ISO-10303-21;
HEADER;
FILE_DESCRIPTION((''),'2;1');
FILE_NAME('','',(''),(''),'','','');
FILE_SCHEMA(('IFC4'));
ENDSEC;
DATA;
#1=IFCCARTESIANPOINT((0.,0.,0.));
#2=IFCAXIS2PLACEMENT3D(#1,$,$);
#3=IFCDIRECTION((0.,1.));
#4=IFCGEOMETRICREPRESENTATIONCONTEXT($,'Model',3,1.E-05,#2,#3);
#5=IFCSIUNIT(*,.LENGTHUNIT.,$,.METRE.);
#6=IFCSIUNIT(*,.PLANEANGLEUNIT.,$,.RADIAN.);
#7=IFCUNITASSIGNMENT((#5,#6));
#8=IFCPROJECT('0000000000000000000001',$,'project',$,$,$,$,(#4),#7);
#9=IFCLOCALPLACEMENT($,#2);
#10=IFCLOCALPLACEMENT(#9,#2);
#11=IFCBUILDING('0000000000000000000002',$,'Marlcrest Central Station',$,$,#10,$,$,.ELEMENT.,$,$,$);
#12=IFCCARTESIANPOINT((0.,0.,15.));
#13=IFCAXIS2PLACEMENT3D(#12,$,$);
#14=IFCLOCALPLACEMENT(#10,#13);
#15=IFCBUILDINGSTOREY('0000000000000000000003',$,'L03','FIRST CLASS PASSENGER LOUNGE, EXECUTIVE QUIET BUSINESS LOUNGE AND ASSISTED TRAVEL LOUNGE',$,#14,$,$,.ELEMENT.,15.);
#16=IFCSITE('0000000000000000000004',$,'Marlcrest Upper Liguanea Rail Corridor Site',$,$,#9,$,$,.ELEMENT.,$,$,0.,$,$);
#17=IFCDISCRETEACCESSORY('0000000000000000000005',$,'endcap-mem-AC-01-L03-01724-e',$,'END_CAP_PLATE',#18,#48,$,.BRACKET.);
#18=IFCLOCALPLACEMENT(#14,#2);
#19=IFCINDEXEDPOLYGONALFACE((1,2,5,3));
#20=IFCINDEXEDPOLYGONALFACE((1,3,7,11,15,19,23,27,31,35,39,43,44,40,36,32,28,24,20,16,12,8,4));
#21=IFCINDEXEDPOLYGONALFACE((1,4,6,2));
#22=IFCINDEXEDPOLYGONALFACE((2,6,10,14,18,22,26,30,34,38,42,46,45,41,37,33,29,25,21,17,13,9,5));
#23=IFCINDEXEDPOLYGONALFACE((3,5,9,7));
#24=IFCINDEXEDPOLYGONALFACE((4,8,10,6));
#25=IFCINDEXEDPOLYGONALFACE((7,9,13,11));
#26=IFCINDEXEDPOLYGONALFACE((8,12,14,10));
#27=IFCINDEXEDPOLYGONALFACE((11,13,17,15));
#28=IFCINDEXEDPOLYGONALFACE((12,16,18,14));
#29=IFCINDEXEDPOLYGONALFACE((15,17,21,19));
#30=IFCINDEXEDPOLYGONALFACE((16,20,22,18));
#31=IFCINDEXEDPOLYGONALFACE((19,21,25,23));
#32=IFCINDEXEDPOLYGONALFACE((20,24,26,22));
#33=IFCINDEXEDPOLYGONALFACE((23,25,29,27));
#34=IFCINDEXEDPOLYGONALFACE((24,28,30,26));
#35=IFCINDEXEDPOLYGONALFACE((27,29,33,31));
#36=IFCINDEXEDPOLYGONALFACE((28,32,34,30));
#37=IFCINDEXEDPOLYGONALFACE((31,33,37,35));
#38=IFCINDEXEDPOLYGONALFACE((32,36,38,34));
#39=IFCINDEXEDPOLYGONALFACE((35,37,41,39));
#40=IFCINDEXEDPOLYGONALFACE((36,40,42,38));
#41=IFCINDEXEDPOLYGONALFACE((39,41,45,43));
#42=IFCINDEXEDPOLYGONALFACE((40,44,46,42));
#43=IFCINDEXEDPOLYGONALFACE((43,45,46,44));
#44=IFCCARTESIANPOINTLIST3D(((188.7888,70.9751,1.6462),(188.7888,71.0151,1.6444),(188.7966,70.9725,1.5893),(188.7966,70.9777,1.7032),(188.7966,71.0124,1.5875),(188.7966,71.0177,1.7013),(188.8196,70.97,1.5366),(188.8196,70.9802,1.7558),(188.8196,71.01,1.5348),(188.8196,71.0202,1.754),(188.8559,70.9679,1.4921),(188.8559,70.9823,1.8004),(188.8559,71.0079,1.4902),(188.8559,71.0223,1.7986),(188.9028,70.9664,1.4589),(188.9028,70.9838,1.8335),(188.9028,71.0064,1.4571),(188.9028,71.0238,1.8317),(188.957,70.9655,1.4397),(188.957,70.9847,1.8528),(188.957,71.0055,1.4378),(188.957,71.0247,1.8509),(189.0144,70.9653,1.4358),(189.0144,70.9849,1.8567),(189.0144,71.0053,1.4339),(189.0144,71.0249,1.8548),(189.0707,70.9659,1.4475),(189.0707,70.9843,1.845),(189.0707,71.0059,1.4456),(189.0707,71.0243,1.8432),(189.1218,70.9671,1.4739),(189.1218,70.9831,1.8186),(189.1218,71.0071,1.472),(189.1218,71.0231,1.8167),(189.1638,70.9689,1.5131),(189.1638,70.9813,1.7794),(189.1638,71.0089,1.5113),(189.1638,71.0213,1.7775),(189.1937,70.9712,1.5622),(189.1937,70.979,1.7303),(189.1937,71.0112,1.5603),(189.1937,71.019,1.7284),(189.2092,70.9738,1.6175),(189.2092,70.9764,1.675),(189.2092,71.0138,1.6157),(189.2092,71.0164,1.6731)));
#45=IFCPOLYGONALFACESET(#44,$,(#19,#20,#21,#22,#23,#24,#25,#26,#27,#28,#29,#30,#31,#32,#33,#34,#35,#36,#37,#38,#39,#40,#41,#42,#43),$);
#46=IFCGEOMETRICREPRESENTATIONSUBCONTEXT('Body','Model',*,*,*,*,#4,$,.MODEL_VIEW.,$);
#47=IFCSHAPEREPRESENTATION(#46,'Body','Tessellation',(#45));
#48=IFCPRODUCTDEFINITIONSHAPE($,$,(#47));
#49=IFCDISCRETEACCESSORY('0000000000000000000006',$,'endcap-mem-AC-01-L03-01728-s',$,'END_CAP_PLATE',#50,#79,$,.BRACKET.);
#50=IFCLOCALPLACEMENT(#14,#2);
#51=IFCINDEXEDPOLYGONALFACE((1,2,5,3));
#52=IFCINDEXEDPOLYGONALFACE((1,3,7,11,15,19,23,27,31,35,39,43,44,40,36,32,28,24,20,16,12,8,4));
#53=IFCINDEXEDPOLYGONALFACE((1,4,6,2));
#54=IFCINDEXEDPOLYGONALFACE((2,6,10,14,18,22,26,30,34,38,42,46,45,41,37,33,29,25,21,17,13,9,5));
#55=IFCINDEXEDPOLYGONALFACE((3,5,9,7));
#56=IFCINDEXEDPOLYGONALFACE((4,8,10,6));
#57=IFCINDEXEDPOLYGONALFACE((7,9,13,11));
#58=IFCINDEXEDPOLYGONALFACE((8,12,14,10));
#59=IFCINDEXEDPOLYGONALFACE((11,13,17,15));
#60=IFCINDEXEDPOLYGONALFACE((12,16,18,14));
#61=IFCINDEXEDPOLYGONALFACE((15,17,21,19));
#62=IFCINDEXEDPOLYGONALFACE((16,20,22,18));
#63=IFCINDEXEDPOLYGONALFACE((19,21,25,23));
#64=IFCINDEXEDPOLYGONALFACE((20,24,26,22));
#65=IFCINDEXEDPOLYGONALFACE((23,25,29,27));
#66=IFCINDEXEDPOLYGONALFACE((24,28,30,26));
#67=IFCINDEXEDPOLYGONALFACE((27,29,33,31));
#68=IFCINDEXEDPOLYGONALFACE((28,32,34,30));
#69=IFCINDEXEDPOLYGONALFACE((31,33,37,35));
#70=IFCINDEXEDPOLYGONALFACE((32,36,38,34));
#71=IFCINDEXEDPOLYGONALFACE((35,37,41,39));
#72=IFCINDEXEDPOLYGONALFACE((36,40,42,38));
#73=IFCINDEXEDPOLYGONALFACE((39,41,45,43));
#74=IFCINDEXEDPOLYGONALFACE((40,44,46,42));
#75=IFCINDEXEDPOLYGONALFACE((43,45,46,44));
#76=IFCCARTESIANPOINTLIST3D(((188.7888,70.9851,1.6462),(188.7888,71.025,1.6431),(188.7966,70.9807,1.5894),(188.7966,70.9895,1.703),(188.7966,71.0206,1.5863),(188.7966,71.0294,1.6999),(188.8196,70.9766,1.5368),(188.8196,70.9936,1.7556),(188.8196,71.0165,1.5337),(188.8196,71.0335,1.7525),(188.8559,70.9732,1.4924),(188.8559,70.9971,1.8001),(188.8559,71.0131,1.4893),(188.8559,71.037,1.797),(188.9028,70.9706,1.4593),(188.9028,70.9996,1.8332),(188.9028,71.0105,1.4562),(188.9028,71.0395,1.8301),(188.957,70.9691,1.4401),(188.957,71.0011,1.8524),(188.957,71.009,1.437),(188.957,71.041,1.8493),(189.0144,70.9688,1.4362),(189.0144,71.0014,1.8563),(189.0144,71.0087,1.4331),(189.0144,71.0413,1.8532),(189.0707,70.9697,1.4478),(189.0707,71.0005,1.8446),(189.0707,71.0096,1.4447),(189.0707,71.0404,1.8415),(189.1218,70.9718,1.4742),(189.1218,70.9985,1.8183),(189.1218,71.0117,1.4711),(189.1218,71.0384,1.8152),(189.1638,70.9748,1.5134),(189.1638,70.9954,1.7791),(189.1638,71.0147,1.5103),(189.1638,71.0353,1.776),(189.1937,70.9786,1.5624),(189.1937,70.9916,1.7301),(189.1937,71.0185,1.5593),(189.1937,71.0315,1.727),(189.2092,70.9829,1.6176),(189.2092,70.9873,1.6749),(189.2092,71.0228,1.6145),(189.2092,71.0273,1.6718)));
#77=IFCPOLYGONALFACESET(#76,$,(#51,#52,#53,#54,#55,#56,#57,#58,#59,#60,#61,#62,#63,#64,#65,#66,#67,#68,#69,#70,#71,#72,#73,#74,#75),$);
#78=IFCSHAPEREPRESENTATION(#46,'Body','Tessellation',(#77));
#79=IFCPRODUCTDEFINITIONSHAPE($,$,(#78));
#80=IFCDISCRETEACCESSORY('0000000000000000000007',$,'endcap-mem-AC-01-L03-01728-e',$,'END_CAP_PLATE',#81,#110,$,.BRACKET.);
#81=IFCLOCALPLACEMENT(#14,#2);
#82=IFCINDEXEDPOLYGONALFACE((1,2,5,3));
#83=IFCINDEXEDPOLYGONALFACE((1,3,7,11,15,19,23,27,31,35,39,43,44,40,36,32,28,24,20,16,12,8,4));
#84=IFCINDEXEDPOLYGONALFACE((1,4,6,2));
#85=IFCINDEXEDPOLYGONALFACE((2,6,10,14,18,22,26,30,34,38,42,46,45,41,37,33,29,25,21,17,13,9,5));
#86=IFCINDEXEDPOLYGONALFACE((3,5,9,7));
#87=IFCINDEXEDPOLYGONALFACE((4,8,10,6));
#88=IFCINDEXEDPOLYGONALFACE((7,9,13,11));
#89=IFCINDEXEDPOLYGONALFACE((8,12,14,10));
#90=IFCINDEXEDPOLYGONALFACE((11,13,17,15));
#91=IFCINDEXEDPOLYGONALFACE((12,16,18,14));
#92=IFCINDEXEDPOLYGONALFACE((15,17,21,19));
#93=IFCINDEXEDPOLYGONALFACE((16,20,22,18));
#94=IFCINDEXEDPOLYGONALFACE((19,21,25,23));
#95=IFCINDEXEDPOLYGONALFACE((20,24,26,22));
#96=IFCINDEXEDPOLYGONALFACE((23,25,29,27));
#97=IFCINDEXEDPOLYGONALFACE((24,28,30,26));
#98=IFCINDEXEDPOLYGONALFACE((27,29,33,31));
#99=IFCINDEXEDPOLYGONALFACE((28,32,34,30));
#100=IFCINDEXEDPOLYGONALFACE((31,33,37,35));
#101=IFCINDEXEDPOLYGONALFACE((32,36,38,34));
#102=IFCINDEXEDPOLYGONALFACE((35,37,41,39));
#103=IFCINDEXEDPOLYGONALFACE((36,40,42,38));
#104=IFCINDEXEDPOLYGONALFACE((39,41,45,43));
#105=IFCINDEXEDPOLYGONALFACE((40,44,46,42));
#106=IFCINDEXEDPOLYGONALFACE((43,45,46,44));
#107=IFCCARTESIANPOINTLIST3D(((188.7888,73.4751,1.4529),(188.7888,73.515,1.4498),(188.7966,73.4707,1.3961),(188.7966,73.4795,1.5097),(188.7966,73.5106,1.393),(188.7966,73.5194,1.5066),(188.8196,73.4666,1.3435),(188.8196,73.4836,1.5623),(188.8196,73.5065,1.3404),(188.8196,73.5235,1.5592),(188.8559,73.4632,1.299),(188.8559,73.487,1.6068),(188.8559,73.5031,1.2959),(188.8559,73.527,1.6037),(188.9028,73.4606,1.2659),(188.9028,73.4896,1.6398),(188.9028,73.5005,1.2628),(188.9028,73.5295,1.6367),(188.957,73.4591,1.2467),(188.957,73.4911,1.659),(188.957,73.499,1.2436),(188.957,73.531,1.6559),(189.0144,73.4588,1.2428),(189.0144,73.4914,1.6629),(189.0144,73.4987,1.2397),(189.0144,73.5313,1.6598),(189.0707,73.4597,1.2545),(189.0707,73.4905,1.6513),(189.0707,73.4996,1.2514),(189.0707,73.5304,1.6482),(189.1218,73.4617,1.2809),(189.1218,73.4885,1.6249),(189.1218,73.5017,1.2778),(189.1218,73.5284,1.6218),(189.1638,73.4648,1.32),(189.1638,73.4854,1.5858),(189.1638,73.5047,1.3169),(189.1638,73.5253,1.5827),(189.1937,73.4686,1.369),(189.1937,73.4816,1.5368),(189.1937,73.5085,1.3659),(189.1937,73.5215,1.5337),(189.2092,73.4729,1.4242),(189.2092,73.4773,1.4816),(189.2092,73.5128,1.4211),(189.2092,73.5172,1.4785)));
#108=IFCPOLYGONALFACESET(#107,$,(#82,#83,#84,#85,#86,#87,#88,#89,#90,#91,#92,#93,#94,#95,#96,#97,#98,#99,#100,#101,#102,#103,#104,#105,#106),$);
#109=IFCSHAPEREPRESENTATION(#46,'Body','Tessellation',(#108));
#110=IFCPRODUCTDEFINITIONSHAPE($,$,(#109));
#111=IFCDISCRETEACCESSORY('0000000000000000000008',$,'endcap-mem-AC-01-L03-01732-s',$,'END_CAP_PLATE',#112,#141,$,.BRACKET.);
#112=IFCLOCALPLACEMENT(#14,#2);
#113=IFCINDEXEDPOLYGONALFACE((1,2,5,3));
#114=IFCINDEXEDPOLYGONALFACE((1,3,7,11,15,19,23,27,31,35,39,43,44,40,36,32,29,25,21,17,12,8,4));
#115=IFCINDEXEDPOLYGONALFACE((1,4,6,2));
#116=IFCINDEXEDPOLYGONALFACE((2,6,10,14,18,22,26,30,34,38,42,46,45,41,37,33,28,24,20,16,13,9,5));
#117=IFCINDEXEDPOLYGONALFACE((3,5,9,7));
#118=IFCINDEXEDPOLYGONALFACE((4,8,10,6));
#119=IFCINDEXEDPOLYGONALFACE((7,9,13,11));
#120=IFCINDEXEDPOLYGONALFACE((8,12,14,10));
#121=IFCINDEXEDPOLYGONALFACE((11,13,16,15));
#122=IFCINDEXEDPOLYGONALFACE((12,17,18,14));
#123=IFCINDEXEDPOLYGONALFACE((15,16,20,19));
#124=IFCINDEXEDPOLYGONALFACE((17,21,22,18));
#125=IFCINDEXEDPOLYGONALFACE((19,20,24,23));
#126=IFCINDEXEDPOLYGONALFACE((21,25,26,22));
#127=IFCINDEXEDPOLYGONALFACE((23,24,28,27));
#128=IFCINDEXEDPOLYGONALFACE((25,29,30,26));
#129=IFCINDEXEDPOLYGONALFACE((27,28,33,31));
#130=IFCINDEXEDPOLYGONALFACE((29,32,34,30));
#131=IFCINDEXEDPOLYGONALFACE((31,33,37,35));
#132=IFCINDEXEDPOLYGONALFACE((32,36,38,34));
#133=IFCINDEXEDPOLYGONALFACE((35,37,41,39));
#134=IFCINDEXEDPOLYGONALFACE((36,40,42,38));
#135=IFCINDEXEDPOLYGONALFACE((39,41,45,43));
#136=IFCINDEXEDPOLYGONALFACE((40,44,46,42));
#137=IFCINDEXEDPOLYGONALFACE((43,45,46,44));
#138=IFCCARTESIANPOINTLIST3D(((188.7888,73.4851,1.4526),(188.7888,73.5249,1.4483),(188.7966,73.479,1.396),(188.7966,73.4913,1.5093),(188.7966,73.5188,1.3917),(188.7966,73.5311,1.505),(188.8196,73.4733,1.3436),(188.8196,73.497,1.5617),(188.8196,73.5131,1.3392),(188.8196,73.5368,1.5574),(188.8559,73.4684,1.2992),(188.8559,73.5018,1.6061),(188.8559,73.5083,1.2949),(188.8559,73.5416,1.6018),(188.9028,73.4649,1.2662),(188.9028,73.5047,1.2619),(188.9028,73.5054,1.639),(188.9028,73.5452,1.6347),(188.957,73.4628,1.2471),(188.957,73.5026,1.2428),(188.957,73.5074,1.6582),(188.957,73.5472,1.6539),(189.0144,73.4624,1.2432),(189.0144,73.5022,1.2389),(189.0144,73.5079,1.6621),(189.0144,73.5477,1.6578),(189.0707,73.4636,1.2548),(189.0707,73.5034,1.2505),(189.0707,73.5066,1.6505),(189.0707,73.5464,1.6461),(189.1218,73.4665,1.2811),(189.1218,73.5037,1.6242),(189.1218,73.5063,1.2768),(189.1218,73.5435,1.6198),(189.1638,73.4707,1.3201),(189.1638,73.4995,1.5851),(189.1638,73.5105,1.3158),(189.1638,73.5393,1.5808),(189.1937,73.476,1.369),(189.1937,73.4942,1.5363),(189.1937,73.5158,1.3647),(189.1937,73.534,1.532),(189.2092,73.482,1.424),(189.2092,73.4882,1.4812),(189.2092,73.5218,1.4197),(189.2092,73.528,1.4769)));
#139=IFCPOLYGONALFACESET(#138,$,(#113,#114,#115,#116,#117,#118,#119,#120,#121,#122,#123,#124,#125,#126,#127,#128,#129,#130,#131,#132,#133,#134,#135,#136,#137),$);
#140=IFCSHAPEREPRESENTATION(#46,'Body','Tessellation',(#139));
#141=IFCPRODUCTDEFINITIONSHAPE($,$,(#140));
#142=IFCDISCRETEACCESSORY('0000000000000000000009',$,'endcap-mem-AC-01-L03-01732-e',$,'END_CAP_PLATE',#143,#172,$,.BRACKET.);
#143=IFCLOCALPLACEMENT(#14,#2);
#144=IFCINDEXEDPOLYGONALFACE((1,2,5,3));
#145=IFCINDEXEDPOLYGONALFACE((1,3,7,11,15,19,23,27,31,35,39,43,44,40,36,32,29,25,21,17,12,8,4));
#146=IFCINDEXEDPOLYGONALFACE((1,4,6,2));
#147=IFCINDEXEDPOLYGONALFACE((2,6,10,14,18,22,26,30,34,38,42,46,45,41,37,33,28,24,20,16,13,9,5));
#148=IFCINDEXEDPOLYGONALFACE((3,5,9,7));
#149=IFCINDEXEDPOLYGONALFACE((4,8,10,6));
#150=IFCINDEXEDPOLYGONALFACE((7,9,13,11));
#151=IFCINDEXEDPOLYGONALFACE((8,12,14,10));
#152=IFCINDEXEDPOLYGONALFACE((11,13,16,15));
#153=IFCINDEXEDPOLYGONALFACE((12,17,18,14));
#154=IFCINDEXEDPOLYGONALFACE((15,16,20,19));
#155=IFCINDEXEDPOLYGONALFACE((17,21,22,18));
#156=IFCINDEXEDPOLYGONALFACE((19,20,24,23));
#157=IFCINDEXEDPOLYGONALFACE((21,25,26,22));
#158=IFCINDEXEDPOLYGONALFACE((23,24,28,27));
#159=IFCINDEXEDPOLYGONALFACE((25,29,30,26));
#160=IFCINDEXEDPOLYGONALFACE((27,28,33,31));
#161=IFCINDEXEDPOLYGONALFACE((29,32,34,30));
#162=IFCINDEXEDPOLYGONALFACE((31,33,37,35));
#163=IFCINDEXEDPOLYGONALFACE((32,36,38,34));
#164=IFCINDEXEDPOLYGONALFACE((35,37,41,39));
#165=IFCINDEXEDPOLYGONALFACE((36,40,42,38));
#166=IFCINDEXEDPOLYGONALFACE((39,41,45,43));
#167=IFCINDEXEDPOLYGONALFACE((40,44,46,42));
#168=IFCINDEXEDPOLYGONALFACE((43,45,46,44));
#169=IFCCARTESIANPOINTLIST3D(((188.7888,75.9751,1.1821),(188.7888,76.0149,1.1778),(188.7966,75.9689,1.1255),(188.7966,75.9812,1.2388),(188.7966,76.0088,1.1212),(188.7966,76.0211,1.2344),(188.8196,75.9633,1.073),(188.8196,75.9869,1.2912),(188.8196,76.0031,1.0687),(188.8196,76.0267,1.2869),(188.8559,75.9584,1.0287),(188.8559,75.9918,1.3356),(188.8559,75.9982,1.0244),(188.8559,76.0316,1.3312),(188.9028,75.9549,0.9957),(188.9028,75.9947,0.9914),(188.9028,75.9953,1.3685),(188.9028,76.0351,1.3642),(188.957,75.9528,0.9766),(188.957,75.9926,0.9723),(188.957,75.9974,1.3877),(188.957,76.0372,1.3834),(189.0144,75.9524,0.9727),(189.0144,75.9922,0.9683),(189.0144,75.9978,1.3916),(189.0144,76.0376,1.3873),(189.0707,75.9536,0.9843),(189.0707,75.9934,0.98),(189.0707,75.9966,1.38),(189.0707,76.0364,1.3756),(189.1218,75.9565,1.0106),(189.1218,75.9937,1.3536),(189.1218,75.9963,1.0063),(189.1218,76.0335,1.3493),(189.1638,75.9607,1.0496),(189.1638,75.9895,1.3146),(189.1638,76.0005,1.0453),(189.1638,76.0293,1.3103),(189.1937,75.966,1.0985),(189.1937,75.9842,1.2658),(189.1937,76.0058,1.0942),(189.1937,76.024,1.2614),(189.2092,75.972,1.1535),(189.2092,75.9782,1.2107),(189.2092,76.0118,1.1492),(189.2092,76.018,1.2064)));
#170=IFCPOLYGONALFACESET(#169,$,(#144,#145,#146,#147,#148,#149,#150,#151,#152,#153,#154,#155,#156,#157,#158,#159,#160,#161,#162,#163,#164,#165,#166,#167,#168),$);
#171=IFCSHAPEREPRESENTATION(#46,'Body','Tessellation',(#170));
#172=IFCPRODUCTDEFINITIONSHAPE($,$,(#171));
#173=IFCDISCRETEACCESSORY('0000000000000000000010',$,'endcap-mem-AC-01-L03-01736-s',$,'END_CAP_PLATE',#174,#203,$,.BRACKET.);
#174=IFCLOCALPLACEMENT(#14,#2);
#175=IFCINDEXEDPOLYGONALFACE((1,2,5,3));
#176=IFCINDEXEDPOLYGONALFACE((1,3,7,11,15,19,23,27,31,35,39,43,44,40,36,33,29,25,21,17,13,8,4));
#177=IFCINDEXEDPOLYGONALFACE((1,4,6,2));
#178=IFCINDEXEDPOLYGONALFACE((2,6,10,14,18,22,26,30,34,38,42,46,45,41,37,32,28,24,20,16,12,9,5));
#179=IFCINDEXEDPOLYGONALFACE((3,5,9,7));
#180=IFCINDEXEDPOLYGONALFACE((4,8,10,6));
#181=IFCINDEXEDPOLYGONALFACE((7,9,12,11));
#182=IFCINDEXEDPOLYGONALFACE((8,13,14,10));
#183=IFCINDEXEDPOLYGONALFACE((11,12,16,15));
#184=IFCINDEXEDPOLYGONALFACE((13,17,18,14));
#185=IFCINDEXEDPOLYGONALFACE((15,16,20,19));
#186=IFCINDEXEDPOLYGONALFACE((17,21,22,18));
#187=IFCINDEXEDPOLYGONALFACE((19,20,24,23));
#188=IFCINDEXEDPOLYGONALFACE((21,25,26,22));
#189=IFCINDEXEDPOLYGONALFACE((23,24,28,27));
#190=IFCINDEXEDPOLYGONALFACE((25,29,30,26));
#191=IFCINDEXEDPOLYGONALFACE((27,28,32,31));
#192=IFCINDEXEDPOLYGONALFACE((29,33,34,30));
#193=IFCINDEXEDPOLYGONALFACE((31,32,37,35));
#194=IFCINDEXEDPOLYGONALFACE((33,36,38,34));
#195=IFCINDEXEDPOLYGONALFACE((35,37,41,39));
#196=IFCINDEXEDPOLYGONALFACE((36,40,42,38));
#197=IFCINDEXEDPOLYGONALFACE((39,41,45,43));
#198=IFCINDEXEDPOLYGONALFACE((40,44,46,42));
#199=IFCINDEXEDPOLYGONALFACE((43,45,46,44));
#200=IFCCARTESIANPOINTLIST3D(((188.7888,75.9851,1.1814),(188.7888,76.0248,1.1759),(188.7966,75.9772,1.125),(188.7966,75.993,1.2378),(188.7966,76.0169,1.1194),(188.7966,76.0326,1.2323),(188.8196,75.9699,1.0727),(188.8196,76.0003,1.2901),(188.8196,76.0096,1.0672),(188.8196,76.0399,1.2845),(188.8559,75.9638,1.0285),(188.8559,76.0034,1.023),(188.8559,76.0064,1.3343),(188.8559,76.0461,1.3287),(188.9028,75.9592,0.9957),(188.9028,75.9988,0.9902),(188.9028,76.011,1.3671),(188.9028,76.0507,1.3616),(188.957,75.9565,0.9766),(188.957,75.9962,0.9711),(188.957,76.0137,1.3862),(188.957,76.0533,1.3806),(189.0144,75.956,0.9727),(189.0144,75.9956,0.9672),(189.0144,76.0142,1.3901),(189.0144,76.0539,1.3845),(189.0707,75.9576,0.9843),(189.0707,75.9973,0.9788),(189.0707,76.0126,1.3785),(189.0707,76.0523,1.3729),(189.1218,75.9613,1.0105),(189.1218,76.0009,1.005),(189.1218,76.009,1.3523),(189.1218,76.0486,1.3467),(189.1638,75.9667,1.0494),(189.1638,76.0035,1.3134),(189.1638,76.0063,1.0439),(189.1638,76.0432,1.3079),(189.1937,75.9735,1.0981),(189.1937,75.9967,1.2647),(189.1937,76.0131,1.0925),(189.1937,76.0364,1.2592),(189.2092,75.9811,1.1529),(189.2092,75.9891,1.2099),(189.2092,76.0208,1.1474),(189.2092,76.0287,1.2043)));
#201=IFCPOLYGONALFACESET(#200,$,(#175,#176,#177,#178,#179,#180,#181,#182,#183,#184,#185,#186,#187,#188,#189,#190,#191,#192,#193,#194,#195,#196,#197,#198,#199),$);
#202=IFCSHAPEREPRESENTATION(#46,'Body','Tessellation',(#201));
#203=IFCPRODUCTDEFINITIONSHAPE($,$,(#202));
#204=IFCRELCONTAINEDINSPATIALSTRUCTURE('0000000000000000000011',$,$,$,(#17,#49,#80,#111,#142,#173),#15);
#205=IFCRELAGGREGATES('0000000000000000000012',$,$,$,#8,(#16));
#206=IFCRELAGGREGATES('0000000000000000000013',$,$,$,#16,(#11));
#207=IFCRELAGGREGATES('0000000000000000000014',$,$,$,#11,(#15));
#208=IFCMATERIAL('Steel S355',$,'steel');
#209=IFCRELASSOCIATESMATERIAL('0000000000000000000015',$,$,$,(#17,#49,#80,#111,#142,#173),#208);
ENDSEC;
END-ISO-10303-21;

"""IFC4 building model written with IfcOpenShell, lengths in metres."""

from ifc_helpers import new_model, si_unit, direction, frame, origin, origin_2d, place, context, subcontext, project, spatial, circle, extrude, material, element, save


model = new_model("IFC4")

# Units and contexts
model_context = context("Model", 3, precision=1e-05, world=origin(), true_north=direction((0.0, 1.0)))
body_context = subcontext(model_context, "Body", "Model", "MODEL_VIEW")
ifc_project = project(units=[si_unit("LENGTHUNIT", "METRE"), si_unit("PLANEANGLEUNIT", "RADIAN")], contexts=[model_context])

# Site, building, storey
site_placement = place(None, origin())
site = spatial("IfcSite", under=ifc_project, at=site_placement, Name="Marlcrest Upper Liguanea Rail Corridor Site", CompositionType="ELEMENT", RefElevation=0.0)
building_placement = place(site_placement, origin())
building = spatial("IfcBuilding", under=site, at=building_placement, Name="Marlcrest Central Station", CompositionType="ELEMENT")
storey_placement = place(building_placement, frame((0.0, 0.0, 15.0)))
storey = spatial("IfcBuildingStorey", under=building, at=storey_placement, Name="L03", Description="FIRST CLASS PASSENGER LOUNGE, EXECUTIVE QUIET BUSINESS LOUNGE AND ASSISTED TRAVEL LOUNGE", CompositionType="ELEMENT", Elevation=15.0)

# Shared definitions
ifc_material_1 = material(Name="Steel S355", Category="steel")

# Discrete accessories
for number, where, z_axis, x_axis, name in (
    (1, (189.0, 70.9751, 1.6462), (0.0, 0.998921, -0.046434), (-1.0, 0.0, 0.0), "endcap-mem-AC-01-L03-01724-e"),
    (2, (189.0, 70.9851, 1.6462), (0.0, 0.997, -0.077404), (-1.0, 0.0, 0.0), "endcap-mem-AC-01-L03-01728-s"),
    (3, (189.0, 73.4751, 1.4529), (0.0, 0.997, -0.077404), (-1.0, 0.0, 0.0), "endcap-mem-AC-01-L03-01728-e"),
    (4, (189.0, 73.4851, 1.4526), (0.0, 0.994155, -0.107959), (-1.0, 0.0, 0.0), "endcap-mem-AC-01-L03-01732-s"),
    (5, (189.0, 75.9751, 1.1821), (0.0, 0.994155, -0.107959), (-1.0, 0.0, 0.0), "endcap-mem-AC-01-L03-01732-e"),
    (6, (189.0, 75.9851, 1.1814), (0.0, 0.990403, -0.138211), (-1.0, 0.0, 0.0), "endcap-mem-AC-01-L03-01736-s"),
):
    element("IfcDiscreteAccessory", number, at=place(storey_placement, frame(where, z_axis=z_axis, x_axis=x_axis)), inside=storey, material=ifc_material_1, Name=name, ObjectType="END_CAP_PLATE", PredefinedType="BRACKET", context=body_context, shape_type="SweptSolid", body=[
        extrude(circle(Radius=0.2112, at=origin_2d()), origin(), (0.0, 0.0, 1.0), 0.04),
    ])

save(model, "model.ifc")
